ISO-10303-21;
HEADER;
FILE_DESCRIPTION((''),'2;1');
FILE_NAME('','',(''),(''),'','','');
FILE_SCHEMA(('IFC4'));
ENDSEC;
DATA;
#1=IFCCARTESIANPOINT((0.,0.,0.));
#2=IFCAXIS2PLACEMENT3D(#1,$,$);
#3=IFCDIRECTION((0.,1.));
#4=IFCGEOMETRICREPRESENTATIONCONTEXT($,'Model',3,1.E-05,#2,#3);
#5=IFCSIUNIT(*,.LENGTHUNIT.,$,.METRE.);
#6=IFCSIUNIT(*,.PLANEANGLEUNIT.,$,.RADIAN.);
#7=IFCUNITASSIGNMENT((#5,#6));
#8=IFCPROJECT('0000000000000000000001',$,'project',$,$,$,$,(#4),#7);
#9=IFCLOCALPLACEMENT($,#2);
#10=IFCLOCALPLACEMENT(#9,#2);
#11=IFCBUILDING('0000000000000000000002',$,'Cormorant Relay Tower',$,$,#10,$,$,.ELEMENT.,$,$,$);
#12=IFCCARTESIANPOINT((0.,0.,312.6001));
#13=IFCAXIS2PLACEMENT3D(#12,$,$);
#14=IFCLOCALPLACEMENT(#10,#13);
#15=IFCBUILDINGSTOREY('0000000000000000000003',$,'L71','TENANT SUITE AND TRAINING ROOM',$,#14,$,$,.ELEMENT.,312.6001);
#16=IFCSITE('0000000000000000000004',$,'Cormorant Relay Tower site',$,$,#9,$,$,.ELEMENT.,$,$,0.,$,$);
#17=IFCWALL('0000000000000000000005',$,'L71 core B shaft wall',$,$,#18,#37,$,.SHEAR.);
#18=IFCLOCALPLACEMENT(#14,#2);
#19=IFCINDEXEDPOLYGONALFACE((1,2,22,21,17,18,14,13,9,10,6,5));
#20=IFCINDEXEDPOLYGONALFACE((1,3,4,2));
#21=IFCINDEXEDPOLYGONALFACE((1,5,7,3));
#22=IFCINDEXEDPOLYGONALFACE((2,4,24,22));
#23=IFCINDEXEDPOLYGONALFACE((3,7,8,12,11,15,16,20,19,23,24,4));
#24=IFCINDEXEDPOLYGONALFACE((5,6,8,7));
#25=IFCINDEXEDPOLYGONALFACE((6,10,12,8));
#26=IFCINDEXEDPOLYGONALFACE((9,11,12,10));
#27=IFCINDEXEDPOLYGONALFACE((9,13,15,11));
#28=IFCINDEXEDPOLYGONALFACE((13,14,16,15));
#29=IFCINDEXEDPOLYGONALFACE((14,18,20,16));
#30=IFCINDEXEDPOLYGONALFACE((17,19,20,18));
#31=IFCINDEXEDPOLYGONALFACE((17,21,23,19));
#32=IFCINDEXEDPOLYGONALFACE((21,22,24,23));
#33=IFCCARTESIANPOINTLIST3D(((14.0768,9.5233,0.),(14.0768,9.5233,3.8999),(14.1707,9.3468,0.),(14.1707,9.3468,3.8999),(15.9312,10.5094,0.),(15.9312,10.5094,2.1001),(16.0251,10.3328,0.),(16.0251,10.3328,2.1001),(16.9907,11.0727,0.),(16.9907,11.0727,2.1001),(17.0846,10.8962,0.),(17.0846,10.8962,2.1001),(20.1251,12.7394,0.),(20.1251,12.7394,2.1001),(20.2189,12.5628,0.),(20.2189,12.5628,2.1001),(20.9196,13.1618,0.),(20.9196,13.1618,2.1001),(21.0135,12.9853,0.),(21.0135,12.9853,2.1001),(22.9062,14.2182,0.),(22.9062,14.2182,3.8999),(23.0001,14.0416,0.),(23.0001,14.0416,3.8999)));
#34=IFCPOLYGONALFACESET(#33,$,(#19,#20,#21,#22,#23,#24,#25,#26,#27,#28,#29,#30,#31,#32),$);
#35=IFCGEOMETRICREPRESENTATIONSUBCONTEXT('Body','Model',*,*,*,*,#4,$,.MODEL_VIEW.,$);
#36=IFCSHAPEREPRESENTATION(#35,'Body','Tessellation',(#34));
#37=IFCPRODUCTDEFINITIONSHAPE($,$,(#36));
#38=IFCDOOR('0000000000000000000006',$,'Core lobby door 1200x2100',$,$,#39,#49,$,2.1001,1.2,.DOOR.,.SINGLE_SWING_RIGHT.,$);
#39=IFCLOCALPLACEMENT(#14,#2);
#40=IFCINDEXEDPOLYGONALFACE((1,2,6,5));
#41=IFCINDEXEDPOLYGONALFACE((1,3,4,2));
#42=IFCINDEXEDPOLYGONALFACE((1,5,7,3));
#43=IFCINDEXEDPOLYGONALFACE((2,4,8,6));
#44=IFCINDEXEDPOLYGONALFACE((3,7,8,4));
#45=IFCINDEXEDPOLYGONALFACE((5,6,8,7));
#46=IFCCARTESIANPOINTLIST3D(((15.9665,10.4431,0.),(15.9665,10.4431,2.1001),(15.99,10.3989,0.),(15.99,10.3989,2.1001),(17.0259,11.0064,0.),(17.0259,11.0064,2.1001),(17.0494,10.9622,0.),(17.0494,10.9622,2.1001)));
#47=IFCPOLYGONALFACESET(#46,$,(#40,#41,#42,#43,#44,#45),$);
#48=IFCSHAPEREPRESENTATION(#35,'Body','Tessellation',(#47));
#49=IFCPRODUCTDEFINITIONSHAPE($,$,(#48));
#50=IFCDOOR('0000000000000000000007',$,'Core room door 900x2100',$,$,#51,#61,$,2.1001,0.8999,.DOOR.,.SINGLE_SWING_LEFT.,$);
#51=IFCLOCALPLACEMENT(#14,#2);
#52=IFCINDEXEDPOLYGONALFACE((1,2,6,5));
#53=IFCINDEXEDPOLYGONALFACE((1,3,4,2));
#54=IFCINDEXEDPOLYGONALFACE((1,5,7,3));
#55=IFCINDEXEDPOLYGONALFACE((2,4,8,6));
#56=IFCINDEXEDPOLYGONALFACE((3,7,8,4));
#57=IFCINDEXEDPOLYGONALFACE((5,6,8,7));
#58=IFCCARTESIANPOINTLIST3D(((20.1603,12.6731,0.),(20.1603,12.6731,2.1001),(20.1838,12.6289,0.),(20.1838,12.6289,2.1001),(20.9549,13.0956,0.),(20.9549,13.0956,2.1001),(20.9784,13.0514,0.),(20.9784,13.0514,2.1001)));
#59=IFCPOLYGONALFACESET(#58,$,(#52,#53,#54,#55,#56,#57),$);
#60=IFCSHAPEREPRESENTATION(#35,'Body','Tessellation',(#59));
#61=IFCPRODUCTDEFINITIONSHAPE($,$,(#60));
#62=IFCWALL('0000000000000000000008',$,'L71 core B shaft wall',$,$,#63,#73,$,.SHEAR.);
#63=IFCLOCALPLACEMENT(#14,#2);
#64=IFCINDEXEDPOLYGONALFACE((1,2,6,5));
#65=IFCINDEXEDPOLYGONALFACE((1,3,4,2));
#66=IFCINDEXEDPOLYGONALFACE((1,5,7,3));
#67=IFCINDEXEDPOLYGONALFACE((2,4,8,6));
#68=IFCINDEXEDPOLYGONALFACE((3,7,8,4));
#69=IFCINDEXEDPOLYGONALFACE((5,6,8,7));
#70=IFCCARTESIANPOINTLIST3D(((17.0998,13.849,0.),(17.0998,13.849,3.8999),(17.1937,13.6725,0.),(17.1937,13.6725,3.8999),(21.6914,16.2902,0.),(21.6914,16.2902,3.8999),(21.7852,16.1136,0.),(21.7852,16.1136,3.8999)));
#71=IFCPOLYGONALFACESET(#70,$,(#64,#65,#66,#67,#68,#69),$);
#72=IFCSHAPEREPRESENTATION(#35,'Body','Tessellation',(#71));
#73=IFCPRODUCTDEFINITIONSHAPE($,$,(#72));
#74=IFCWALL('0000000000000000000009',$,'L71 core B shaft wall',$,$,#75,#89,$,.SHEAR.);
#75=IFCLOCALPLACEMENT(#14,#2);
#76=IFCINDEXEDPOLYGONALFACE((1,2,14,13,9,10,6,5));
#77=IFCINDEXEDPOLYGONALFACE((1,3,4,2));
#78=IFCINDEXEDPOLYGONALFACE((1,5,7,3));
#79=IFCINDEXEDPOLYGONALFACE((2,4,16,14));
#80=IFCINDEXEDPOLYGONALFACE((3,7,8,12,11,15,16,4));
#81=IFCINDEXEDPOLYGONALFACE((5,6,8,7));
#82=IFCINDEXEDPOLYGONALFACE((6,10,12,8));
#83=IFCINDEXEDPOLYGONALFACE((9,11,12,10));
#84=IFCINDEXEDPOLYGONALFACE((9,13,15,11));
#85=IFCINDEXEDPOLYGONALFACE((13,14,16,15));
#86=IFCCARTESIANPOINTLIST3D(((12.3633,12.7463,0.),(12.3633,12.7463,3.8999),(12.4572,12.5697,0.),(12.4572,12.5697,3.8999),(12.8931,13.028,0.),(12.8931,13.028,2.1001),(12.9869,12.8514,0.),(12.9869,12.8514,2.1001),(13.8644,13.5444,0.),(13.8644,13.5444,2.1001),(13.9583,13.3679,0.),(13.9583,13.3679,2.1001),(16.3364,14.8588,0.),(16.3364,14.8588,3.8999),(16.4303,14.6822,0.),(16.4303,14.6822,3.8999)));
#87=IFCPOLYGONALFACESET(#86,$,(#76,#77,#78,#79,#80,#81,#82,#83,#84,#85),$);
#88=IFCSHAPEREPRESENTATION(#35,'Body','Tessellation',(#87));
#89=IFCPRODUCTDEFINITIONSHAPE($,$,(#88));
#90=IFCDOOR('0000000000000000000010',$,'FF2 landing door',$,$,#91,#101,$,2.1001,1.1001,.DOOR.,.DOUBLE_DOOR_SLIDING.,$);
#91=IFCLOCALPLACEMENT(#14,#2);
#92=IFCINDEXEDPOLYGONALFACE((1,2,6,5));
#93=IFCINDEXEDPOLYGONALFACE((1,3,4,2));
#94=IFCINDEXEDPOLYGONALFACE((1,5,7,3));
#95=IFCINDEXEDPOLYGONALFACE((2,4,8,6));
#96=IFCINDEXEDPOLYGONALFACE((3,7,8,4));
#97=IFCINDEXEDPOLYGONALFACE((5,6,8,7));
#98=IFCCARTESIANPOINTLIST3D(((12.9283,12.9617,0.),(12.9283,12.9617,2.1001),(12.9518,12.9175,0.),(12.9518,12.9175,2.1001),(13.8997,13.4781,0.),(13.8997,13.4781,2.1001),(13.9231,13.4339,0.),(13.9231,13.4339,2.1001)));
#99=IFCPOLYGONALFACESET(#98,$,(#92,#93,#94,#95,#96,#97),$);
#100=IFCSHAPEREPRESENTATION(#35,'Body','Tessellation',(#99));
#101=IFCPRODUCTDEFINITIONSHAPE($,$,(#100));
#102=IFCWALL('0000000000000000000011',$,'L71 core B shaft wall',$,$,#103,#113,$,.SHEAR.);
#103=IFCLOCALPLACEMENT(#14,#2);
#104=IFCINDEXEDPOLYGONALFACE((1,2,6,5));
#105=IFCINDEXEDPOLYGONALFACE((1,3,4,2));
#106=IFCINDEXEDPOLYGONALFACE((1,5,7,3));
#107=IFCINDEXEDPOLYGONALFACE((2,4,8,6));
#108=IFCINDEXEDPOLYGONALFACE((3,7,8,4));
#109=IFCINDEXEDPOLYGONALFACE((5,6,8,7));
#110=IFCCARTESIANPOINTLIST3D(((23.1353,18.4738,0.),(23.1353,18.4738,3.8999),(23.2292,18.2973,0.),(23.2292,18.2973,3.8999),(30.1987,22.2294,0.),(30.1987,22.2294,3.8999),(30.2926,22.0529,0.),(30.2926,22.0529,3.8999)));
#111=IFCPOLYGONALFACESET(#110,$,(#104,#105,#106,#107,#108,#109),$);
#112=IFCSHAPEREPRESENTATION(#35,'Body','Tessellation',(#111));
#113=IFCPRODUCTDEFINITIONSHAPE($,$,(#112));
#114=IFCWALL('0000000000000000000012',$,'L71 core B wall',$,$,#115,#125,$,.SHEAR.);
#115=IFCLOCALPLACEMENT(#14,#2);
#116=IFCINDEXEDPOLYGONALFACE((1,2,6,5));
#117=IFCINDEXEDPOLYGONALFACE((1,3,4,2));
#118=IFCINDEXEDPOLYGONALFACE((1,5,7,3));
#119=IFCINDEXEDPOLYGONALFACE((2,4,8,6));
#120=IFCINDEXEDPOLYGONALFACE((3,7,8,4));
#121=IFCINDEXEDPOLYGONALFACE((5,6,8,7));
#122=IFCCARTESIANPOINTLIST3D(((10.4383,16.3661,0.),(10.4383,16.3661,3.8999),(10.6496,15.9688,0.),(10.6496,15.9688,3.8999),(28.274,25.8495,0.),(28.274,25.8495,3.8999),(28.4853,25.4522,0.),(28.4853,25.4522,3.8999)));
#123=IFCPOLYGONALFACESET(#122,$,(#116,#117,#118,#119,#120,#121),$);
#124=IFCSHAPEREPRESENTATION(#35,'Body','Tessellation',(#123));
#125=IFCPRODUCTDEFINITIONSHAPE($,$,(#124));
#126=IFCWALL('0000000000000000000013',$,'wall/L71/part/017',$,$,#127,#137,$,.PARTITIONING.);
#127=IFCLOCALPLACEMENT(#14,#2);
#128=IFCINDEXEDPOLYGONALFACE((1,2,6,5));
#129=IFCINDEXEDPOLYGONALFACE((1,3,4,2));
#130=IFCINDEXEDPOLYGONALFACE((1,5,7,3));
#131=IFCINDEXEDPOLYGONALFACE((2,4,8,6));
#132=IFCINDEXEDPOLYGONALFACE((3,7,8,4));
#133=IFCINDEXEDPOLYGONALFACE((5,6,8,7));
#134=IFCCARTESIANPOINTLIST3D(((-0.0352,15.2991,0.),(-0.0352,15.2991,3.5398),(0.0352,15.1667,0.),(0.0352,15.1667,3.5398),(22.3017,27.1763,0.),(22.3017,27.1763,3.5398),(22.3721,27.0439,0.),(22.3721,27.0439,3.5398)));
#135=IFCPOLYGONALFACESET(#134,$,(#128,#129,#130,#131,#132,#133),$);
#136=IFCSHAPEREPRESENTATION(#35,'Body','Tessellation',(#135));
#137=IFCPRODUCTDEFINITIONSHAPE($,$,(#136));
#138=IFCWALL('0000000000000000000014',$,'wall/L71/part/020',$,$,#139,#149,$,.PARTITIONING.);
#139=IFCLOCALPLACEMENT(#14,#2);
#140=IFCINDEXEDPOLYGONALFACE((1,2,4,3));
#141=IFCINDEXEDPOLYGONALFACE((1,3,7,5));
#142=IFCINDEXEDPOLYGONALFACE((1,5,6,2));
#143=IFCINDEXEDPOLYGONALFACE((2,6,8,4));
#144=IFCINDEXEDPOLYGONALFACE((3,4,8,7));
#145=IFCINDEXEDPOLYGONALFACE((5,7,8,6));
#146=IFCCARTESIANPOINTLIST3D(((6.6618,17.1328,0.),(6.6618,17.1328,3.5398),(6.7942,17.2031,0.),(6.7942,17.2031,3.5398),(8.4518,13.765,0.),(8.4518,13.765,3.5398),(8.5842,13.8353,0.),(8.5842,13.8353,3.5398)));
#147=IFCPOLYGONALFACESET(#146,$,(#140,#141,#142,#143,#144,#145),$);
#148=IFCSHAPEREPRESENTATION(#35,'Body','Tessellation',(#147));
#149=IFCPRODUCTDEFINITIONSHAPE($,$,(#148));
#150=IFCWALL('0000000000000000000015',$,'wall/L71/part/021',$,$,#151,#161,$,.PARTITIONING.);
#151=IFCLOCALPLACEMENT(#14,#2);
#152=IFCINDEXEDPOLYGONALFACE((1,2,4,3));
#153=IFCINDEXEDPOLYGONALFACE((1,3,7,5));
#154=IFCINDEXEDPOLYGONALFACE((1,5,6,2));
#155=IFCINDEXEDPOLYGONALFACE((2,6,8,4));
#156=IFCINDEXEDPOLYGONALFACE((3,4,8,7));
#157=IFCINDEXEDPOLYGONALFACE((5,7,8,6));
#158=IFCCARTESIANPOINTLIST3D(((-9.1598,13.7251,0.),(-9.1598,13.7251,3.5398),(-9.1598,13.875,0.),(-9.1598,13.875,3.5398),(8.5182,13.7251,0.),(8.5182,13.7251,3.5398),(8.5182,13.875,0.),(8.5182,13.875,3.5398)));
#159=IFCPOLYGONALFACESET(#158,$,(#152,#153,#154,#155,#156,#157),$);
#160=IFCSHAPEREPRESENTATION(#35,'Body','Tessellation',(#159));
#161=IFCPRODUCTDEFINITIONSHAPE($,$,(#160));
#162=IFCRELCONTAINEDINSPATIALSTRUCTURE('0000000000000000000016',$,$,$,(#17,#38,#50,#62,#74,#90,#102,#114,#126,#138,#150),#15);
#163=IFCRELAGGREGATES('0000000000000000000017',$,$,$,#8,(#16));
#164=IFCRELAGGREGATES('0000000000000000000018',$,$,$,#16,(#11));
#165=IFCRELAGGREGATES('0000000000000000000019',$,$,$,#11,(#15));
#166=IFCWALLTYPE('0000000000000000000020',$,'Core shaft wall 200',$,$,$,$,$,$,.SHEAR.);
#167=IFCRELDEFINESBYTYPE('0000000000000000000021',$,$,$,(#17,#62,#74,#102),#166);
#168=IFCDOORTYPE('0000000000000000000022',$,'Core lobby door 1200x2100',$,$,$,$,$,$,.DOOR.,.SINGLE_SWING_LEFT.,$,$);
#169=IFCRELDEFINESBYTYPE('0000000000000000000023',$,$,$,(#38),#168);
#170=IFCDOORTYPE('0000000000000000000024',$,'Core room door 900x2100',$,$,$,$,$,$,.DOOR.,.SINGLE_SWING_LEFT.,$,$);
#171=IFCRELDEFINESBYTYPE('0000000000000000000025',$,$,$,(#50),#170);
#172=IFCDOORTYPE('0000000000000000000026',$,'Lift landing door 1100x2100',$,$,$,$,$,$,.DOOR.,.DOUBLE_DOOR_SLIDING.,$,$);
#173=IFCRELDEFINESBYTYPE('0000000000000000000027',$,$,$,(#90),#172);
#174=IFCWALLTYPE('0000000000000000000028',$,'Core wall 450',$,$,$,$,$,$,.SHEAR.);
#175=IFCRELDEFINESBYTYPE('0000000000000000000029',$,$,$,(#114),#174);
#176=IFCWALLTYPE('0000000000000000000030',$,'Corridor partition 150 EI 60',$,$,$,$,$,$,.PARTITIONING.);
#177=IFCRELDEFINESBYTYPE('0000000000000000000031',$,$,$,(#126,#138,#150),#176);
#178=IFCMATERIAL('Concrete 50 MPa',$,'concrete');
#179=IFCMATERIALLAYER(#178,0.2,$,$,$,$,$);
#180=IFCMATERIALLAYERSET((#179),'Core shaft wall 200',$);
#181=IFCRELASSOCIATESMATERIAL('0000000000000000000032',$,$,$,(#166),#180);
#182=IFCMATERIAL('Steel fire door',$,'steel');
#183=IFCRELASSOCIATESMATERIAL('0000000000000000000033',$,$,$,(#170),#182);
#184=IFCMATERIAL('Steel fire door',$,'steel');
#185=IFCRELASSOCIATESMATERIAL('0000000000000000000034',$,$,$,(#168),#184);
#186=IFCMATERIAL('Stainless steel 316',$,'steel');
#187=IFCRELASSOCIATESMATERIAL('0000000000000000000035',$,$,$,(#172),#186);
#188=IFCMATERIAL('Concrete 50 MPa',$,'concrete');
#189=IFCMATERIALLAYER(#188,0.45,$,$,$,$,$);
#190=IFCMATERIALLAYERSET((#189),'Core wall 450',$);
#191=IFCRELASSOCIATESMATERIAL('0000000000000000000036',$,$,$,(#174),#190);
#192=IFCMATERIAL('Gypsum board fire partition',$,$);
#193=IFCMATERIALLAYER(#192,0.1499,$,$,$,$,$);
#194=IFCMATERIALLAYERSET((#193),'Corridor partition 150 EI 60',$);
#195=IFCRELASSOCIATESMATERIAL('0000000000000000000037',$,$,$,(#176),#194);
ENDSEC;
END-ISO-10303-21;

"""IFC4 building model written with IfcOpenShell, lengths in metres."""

from ifc_helpers import new_model, si_unit, direction, frame, frame_2d, origin, place, context, subcontext, project, spatial, rectangle, extrude, material, layer, layer_set, type_object, element, fill, save


model = new_model("IFC4")

# Units and contexts
model_context = context("Model", 3, precision=1e-05, world=origin(), true_north=direction((0.0, 1.0)))
body_context = subcontext(model_context, "Body", "Model", "MODEL_VIEW")
ifc_project = project(units=[si_unit("LENGTHUNIT", "METRE"), si_unit("PLANEANGLEUNIT", "RADIAN")], contexts=[model_context])

# Site, building, storey
site_placement = place(None, origin())
site = spatial("IfcSite", under=ifc_project, at=site_placement, Name="Cormorant Relay Tower site", CompositionType="ELEMENT", RefElevation=0.0)
building_placement = place(site_placement, origin())
building = spatial("IfcBuilding", under=site, at=building_placement, Name="Cormorant Relay Tower", CompositionType="ELEMENT")
storey_placement = place(building_placement, frame((0.0, 0.0, 312.6001)))
storey = spatial("IfcBuildingStorey", under=building, at=storey_placement, Name="L71", Description="TENANT SUITE AND TRAINING ROOM", CompositionType="ELEMENT", Elevation=312.6001)

# Shared definitions
ifc_material_1 = material(Name="Concrete 50 MPa", Category="concrete")
ifc_layer_1 = layer(ifc_material_1, 0.2)
ifc_layer_set_1 = layer_set([ifc_layer_1], Name="Core shaft wall 200")
wall_type_1 = type_object("IfcWallType", Name="Core shaft wall 200", PredefinedType="SHEAR", material=ifc_layer_set_1)

# Shared definitions
ifc_material_2 = material(Name="Steel fire door", Category="steel")
door_type_1 = type_object("IfcDoorType", Name="Core room door 900x2100", OperationType="SINGLE_SWING_LEFT", PredefinedType="DOOR", material=ifc_material_2)

# Wall, openings, doors
wall_1_placement = place(storey_placement, frame((14.1238, 9.4351, 0.0), z_axis=(0.0, 0.0, 1.0), x_axis=(0.88294, 0.469485, 0.0)))
wall_1 = element("IfcWall", 1, at=wall_1_placement, inside=storey, type_object=wall_type_1, Name="L71 core B shaft wall", PredefinedType="SHEAR", context=body_context, shape_type="SweptSolid", body=[
    extrude(rectangle(XDim=10.0, YDim=0.2, at=frame_2d((5.0, 0.0))), origin(), (0.0, 0.0, 1.0), 3.8999),
])
opening_1_placement = place(wall_1_placement, frame((2.1001, 0.0, 0.0)))
opening_1 = element("IfcOpeningElement", 2, at=opening_1_placement, cuts=wall_1, PredefinedType="OPENING", context=body_context, shape_type="SweptSolid", body=[
    extrude(rectangle(XDim=1.2, YDim=2.1001, at=frame_2d((0.6001, 1.05))), frame((0.0, 0.1099, 0.0), z_axis=(0.0, -1.0, 0.0), x_axis=(1.0, 0.0, 0.0)), (0.0, 0.0, 1.0), 0.22),
])
opening_2_placement = place(wall_1_placement, frame((6.8501, 0.0, 0.0)))
opening_2 = element("IfcOpeningElement", 3, at=opening_2_placement, cuts=wall_1, PredefinedType="OPENING", context=body_context, shape_type="SweptSolid", body=[
    extrude(rectangle(XDim=0.8999, YDim=2.1001, at=frame_2d((0.45, 1.05))), frame((0.0, 0.1099, 0.0), z_axis=(0.0, -1.0, 0.0), x_axis=(1.0, 0.0, 0.0)), (0.0, 0.0, 1.0), 0.22),
])
ifc_material_3 = material(Name="Steel fire door", Category="steel")
door_type_2 = type_object("IfcDoorType", Name="Core lobby door 1200x2100", OperationType="SINGLE_SWING_LEFT", PredefinedType="DOOR", material=ifc_material_3)
door_1_placement = place(opening_1_placement, origin())
door_1 = element("IfcDoor", 4, at=door_1_placement, inside=storey, type_object=door_type_2, Name="Core lobby door 1200x2100", OperationType="SINGLE_SWING_RIGHT", OverallHeight=2.1001, OverallWidth=1.2, PredefinedType="DOOR", context=body_context, shape_type="SweptSolid", body=[
    extrude(rectangle(XDim=1.2, YDim=2.1001, at=frame_2d((0.6001, 1.05))), frame((0.0, 0.0249, 0.0), z_axis=(0.0, -1.0, 0.0), x_axis=(1.0, 0.0, 0.0)), (0.0, 0.0, 1.0), 0.05),
])
fill(opening_1, door_1)
door_2_placement = place(opening_2_placement, origin())
door_2 = element("IfcDoor", 5, at=door_2_placement, inside=storey, type_object=door_type_1, Name="Core room door 900x2100", OperationType="SINGLE_SWING_LEFT", OverallHeight=2.1001, OverallWidth=0.8999, PredefinedType="DOOR", context=body_context, shape_type="SweptSolid", body=[
    extrude(rectangle(XDim=0.8999, YDim=2.1001, at=frame_2d((0.45, 1.05))), frame((0.0, 0.0249, 0.0), z_axis=(0.0, -1.0, 0.0), x_axis=(1.0, 0.0, 0.0)), (0.0, 0.0, 1.0), 0.05),
])
fill(opening_2, door_2)

# Wall
wall_2_placement = place(storey_placement, frame((17.1467, 13.7607, 0.0), z_axis=(0.0, 0.0, 1.0), x_axis=(0.882964, 0.46944, 0.0)))
element("IfcWall", 6, at=wall_2_placement, inside=storey, type_object=wall_type_1, Name="L71 core B shaft wall", PredefinedType="SHEAR", context=body_context, shape_type="SweptSolid", body=[
    extrude(rectangle(XDim=5.2002, YDim=0.2, at=frame_2d((2.6001, 0.0))), origin(), (0.0, 0.0, 1.0), 3.8999),
])

# Wall, opening, door
wall_3_placement = place(storey_placement, frame((12.4102, 12.658, 0.0), z_axis=(0.0, 0.0, 1.0), x_axis=(0.882948, 0.46947, 0.0)))
wall_3 = element("IfcWall", 7, at=wall_3_placement, inside=storey, type_object=wall_type_1, Name="L71 core B shaft wall", PredefinedType="SHEAR", context=body_context, shape_type="SweptSolid", body=[
    extrude(rectangle(XDim=4.4998, YDim=0.2, at=frame_2d((2.25, 0.0))), origin(), (0.0, 0.0, 1.0), 3.8999),
])
opening_3_placement = place(wall_3_placement, frame((0.6001, 0.0, 0.0)))
opening_3 = element("IfcOpeningElement", 8, at=opening_3_placement, cuts=wall_3, PredefinedType="OPENING", context=body_context, shape_type="SweptSolid", body=[
    extrude(rectangle(XDim=1.1001, YDim=2.1001, at=frame_2d((0.55, 1.05))), frame((0.0, 0.1099, 0.0), z_axis=(0.0, -1.0, 0.0), x_axis=(1.0, 0.0, 0.0)), (0.0, 0.0, 1.0), 0.22),
])
ifc_material_4 = material(Name="Stainless steel 316", Category="steel")
door_type_3 = type_object("IfcDoorType", Name="Lift landing door 1100x2100", OperationType="DOUBLE_DOOR_SLIDING", PredefinedType="DOOR", material=ifc_material_4)
door_3_placement = place(opening_3_placement, origin())
door_3 = element("IfcDoor", 9, at=door_3_placement, inside=storey, type_object=door_type_3, Name="FF2 landing door", OperationType="DOUBLE_DOOR_SLIDING", OverallHeight=2.1001, OverallWidth=1.1001, PredefinedType="DOOR", context=body_context, shape_type="SweptSolid", body=[
    extrude(rectangle(XDim=1.1001, YDim=2.1001, at=frame_2d((0.55, 1.05))), frame((0.0, 0.0249, 0.0), z_axis=(0.0, -1.0, 0.0), x_axis=(1.0, 0.0, 0.0)), (0.0, 0.0, 1.0), 0.05),
])
fill(opening_3, door_3)

# Walls
wall_4_placement = place(storey_placement, frame((23.1821, 18.3855, 0.0), z_axis=(0.0, 0.0, 1.0), x_axis=(0.882953, 0.469462, 0.0)))
element("IfcWall", 10, at=wall_4_placement, inside=storey, type_object=wall_type_1, Name="L71 core B shaft wall", PredefinedType="SHEAR", context=body_context, shape_type="SweptSolid", body=[
    extrude(rectangle(XDim=7.9998, YDim=0.2, at=frame_2d((4.0, 0.0))), origin(), (0.0, 0.0, 1.0), 3.8999),
])
ifc_material_5 = material(Name="Concrete 50 MPa", Category="concrete")
ifc_layer_2 = layer(ifc_material_5, 0.45)
ifc_layer_set_2 = layer_set([ifc_layer_2], Name="Core wall 450")
wall_type_2 = type_object("IfcWallType", Name="Core wall 450", PredefinedType="SHEAR", material=ifc_layer_set_2)
wall_5_placement = place(storey_placement, frame((10.5439, 16.1675, 0.0), z_axis=(0.0, 0.0, 1.0), x_axis=(0.882948, 0.469471, 0.0)))
element("IfcWall", 11, at=wall_5_placement, inside=storey, type_object=wall_type_2, Name="L71 core B wall", PredefinedType="SHEAR", context=body_context, shape_type="SweptSolid", body=[
    extrude(rectangle(XDim=20.2002, YDim=0.45, at=frame_2d((10.1001, 0.0))), origin(), (0.0, 0.0, 1.0), 3.8999),
])
ifc_material_6 = material(Name="Gypsum board fire partition")
ifc_layer_3 = layer(ifc_material_6, 0.1499)
ifc_layer_set_3 = layer_set([ifc_layer_3], Name="Corridor partition 150 EI 60")
wall_type_3 = type_object("IfcWallType", Name="Corridor partition 150 EI 60", PredefinedType="PARTITIONING", material=ifc_layer_set_3)
wall_6_placement = place(storey_placement, frame((0.0, 15.2329, 0.0), z_axis=(0.0, 0.0, 1.0), x_axis=(0.88294, 0.469485, 0.0)))
element("IfcWall", 12, at=wall_6_placement, inside=storey, type_object=wall_type_3, Name="wall/L71/part/017", PredefinedType="PARTITIONING", context=body_context, shape_type="SweptSolid", body=[
    extrude(rectangle(XDim=25.2983, YDim=0.1499, at=frame_2d((12.6492, 0.0))), origin(), (0.0, 0.0, 1.0), 3.5398),
])
wall_7_placement = place(storey_placement, frame((6.728, 17.168, 0.0), z_axis=(0.0, 0.0, 1.0), x_axis=(0.469325, -0.883025, 0.0)))
element("IfcWall", 13, at=wall_7_placement, inside=storey, type_object=wall_type_3, Name="wall/L71/part/020", PredefinedType="PARTITIONING", context=body_context, shape_type="SweptSolid", body=[
    extrude(rectangle(XDim=3.814, YDim=0.1499, at=frame_2d((1.907, 0.0))), origin(), (0.0, 0.0, 1.0), 3.5398),
])
wall_8_placement = place(storey_placement, frame((8.5181, 13.8, 0.0), z_axis=(0.0, 0.0, 1.0), x_axis=(-1.0, 0.0, 0.0)))
element("IfcWall", 14, at=wall_8_placement, inside=storey, type_object=wall_type_3, Name="wall/L71/part/021", PredefinedType="PARTITIONING", context=body_context, shape_type="SweptSolid", body=[
    extrude(rectangle(XDim=17.678, YDim=0.1499, at=frame_2d((8.8389, 0.0))), origin(), (0.0, 0.0, 1.0), 3.5398),
])

save(model, "model.ifc")
